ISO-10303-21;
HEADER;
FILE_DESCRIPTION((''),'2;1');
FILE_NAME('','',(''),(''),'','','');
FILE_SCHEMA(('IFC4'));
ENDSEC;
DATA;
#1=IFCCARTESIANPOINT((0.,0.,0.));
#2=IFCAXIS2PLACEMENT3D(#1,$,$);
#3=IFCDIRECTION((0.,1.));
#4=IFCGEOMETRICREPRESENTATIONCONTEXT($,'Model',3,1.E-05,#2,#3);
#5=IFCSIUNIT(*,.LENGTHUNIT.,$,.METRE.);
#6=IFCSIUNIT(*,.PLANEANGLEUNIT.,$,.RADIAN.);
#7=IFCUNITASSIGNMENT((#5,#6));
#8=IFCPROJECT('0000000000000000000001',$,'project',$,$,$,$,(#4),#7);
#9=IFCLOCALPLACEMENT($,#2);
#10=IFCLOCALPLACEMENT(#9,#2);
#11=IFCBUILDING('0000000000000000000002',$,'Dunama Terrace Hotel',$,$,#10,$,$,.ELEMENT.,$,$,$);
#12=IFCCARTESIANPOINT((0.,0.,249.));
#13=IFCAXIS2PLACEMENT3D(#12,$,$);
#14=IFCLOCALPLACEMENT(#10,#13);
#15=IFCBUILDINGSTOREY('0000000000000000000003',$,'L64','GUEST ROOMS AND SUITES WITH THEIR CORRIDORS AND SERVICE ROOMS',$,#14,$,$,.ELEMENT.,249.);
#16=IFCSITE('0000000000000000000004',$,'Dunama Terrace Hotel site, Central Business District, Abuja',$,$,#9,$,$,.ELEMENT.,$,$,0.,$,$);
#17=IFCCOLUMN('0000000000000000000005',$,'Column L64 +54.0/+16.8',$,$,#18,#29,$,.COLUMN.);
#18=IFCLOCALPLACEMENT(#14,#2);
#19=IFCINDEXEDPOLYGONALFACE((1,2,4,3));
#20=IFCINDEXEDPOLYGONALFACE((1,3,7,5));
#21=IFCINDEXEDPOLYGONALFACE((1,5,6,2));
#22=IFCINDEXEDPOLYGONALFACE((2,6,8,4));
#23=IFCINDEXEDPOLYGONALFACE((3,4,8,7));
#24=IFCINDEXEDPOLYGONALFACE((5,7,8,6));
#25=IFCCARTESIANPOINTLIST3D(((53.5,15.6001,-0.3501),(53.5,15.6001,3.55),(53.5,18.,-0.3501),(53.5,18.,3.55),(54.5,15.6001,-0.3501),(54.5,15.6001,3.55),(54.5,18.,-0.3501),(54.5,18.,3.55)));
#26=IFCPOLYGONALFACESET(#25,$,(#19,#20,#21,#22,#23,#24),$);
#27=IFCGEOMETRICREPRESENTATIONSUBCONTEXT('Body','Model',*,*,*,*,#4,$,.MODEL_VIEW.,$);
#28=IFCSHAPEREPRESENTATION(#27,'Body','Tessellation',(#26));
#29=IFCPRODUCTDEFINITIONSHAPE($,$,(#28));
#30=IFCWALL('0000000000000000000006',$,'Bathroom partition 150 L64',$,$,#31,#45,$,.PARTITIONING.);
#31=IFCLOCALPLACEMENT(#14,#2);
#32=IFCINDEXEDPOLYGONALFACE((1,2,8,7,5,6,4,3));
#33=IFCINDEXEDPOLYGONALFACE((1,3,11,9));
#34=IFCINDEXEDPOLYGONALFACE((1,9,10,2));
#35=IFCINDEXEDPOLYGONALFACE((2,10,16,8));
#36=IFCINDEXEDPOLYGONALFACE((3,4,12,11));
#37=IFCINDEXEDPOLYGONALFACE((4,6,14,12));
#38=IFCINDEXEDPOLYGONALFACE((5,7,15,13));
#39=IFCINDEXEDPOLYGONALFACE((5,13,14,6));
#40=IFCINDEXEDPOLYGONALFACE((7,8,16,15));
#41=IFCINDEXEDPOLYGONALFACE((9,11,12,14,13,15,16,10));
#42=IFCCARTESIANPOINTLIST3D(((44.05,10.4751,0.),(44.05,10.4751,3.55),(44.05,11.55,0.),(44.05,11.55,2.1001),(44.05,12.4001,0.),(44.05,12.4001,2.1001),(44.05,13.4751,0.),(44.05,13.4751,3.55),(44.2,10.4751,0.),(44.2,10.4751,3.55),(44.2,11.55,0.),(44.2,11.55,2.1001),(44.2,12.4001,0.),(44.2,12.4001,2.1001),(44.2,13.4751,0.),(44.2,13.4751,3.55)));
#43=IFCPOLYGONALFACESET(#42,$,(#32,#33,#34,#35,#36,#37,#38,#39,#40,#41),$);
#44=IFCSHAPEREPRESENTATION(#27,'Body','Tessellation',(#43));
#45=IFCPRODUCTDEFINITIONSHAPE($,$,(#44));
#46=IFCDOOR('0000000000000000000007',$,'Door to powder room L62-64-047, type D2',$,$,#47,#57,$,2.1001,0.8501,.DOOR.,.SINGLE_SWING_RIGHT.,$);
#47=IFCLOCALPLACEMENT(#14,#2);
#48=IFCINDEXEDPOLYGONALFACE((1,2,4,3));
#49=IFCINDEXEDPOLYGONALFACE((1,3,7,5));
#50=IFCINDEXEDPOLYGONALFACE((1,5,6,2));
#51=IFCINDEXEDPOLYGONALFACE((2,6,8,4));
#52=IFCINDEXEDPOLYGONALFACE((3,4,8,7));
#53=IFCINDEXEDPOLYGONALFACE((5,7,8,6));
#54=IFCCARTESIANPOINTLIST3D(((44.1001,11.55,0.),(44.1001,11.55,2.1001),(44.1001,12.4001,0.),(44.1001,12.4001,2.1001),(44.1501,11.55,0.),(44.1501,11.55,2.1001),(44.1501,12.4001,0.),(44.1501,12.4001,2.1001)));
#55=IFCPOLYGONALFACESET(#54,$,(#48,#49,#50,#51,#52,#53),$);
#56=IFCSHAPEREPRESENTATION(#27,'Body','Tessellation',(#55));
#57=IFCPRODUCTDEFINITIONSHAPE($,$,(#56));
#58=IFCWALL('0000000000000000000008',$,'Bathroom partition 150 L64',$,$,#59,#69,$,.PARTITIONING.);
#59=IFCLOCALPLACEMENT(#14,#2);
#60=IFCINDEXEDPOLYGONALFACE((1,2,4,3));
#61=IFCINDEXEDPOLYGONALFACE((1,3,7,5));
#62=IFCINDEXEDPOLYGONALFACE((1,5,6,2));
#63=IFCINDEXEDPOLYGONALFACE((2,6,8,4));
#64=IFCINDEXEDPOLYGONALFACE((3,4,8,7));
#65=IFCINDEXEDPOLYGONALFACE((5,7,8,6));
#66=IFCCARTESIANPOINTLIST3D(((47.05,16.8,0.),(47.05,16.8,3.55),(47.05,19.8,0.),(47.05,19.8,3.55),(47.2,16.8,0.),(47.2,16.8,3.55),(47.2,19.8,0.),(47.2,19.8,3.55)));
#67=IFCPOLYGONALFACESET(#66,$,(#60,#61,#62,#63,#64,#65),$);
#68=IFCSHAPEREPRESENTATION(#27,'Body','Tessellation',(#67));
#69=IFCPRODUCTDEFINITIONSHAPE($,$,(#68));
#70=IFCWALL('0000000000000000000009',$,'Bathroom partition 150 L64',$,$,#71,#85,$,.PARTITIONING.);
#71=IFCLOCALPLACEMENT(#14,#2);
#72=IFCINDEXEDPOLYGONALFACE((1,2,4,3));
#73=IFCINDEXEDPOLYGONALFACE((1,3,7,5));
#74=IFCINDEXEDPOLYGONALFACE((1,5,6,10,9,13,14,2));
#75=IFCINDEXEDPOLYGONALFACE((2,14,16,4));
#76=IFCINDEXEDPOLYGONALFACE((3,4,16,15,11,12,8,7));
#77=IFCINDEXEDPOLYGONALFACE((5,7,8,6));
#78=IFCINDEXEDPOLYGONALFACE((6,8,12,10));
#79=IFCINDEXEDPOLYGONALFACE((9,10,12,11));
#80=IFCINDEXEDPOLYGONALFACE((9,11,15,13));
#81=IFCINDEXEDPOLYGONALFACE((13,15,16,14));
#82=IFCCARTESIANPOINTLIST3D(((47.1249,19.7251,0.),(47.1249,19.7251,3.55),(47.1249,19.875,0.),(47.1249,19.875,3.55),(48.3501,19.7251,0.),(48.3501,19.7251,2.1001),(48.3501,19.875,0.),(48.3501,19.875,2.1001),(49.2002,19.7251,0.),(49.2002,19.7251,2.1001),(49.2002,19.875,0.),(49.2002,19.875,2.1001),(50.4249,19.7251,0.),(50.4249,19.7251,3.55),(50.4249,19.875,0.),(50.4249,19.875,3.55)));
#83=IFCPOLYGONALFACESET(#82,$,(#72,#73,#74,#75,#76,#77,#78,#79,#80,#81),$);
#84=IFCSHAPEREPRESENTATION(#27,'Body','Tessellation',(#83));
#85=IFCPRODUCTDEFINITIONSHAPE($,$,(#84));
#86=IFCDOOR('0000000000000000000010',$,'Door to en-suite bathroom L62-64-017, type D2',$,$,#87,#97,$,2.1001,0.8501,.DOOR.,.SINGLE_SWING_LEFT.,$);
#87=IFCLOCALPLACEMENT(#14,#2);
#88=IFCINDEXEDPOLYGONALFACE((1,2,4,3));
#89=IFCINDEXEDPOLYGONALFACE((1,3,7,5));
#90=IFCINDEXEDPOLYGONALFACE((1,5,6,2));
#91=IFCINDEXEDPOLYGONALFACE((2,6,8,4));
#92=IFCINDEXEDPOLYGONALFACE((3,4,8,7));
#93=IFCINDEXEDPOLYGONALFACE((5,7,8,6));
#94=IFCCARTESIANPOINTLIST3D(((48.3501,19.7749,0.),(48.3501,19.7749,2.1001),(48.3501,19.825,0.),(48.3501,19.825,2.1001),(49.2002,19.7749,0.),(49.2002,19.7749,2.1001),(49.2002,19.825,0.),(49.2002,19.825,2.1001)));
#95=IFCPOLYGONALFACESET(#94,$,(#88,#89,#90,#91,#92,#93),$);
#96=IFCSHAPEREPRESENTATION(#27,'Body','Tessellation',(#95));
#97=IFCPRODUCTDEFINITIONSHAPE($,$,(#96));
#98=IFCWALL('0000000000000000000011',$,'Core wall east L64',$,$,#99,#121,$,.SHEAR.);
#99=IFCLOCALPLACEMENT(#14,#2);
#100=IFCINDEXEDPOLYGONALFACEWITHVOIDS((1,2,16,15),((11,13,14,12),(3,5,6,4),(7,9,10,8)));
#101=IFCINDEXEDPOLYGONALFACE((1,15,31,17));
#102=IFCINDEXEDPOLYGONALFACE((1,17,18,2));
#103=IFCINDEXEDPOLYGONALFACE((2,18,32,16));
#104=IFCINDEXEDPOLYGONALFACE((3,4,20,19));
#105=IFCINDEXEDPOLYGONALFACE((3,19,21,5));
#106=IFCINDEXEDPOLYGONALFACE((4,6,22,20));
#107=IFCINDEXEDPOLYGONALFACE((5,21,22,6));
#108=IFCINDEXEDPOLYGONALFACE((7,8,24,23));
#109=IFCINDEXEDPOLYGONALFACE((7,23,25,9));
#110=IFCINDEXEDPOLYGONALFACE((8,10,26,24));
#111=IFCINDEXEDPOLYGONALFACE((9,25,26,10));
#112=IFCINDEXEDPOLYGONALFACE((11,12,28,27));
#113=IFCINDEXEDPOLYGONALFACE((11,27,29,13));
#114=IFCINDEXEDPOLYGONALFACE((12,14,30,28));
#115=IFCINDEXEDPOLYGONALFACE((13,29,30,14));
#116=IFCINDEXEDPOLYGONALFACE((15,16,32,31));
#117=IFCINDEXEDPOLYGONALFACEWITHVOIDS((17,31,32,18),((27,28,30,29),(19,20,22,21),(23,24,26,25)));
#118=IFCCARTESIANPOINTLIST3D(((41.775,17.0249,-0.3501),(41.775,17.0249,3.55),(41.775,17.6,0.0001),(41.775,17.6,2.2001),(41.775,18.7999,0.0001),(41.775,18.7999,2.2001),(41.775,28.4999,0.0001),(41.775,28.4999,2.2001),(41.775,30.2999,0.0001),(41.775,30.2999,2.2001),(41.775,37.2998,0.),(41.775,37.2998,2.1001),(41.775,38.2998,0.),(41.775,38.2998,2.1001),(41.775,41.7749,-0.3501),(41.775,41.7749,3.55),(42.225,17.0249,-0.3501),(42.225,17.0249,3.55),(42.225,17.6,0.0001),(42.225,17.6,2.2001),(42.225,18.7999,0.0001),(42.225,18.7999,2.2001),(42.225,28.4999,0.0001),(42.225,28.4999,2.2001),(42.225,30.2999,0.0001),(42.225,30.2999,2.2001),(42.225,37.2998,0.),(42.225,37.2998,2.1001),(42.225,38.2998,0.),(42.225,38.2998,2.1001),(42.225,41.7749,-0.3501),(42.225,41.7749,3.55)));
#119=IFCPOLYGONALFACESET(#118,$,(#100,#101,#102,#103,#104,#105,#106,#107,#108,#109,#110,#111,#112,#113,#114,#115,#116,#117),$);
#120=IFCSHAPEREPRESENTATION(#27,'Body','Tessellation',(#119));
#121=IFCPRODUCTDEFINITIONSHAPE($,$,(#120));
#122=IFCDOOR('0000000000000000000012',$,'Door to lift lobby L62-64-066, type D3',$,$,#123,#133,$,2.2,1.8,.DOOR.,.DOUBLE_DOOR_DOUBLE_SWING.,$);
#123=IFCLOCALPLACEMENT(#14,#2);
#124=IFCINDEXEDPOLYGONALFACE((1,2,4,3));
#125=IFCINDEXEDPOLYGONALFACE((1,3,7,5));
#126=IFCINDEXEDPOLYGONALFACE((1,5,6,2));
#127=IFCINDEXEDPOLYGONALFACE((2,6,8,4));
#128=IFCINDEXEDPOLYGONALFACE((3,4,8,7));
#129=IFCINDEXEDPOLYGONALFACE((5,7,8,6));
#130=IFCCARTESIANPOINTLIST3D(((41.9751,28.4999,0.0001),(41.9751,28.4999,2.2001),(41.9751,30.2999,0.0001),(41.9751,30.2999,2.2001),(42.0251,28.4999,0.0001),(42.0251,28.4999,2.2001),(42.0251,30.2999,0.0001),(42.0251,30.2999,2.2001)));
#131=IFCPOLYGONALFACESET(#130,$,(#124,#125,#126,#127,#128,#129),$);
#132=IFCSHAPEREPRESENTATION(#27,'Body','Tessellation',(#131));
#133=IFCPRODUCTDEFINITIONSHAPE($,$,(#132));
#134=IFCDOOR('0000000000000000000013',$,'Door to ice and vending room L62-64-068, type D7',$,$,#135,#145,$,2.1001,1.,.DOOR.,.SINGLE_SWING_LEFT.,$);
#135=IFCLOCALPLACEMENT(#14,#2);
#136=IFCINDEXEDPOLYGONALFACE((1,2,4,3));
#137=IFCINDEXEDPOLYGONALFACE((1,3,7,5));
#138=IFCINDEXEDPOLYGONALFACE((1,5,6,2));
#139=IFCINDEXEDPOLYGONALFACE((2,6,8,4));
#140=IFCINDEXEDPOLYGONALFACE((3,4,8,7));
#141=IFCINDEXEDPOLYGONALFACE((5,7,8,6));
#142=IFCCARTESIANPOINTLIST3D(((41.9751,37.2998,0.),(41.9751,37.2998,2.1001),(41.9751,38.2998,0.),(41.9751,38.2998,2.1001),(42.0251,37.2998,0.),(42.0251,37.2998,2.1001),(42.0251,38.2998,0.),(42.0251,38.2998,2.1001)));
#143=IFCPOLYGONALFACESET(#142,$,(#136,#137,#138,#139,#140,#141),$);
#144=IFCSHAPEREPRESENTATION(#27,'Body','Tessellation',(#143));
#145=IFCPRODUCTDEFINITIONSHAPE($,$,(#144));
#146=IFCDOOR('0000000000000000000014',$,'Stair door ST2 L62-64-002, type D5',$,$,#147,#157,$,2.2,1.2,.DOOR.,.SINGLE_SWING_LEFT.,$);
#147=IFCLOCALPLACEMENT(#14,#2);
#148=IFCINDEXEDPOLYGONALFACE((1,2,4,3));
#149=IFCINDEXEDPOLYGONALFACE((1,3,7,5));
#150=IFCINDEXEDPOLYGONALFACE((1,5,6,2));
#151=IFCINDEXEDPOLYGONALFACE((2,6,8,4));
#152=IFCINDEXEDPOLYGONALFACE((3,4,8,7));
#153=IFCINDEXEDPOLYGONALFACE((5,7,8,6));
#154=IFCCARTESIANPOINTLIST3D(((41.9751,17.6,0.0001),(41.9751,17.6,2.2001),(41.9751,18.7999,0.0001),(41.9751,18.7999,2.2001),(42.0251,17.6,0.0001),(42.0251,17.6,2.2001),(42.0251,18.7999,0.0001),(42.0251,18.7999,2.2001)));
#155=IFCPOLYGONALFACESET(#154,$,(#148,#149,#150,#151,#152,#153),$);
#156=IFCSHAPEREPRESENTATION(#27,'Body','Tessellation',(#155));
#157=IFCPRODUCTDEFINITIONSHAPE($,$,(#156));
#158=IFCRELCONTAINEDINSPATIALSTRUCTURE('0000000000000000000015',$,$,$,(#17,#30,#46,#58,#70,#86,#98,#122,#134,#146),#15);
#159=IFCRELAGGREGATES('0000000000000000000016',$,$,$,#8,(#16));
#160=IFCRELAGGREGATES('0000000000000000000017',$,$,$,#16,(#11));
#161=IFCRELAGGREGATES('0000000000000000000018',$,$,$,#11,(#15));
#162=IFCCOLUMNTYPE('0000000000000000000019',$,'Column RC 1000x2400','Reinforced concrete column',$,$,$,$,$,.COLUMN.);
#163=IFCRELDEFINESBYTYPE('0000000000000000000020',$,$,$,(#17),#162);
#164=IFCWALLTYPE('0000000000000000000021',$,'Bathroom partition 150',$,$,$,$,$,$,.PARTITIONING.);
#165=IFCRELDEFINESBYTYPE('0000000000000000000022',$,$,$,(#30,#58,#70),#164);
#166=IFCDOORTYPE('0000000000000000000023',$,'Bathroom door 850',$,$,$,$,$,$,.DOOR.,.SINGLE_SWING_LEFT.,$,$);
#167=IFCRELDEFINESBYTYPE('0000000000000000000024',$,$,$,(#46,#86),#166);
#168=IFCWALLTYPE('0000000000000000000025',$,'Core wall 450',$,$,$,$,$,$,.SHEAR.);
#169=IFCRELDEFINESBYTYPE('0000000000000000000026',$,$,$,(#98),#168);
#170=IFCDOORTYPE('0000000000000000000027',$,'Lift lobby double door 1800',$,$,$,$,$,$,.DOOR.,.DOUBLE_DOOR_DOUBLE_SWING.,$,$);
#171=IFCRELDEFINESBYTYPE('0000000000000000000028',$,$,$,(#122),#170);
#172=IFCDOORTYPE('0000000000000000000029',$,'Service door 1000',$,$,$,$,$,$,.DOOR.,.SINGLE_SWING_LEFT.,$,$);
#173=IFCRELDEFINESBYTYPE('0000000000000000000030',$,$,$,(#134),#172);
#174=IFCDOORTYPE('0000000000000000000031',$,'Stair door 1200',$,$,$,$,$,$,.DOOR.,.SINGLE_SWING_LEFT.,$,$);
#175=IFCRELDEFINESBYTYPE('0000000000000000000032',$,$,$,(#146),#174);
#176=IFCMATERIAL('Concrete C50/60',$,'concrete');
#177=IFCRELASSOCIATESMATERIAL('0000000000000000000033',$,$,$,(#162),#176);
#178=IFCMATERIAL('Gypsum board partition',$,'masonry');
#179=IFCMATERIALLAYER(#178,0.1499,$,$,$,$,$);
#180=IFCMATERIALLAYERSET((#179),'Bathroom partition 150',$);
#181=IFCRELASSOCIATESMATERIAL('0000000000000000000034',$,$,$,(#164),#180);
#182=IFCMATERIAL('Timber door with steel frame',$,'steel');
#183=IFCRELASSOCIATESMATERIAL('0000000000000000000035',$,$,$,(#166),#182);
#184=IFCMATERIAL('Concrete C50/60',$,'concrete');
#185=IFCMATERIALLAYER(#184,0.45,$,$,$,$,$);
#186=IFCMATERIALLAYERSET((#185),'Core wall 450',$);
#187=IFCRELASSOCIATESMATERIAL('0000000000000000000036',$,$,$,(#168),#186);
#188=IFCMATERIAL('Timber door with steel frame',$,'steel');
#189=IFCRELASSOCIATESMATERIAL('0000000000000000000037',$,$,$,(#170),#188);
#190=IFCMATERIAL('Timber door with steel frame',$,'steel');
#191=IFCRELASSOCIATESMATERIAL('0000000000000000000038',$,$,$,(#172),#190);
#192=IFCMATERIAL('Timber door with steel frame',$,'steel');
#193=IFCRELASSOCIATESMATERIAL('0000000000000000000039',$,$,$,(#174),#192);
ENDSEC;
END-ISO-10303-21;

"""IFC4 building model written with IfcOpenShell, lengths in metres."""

from ifc_helpers import new_model, si_unit, direction, frame, frame_2d, origin, origin_2d, place, context, subcontext, project, spatial, rectangle, extrude, material, layer, layer_set, material_profile, profile_set, type_object, element, fill, save


model = new_model("IFC4")

# Units and contexts
model_context = context("Model", 3, precision=1e-05, world=origin(), true_north=direction((0.0, 1.0)))
body_context = subcontext(model_context, "Body", "Model", "MODEL_VIEW")
ifc_project = project(units=[si_unit("LENGTHUNIT", "METRE"), si_unit("PLANEANGLEUNIT", "RADIAN")], contexts=[model_context])

# Site, building, storey
site_placement = place(None, origin())
site = spatial("IfcSite", under=ifc_project, at=site_placement, Name="Dunama Terrace Hotel site, Central Business District, Abuja", CompositionType="ELEMENT", RefElevation=0.0)
building_placement = place(site_placement, origin())
building = spatial("IfcBuilding", under=site, at=building_placement, Name="Dunama Terrace Hotel", CompositionType="ELEMENT")
storey_placement = place(building_placement, frame((0.0, 0.0, 249.0)))
storey = spatial("IfcBuildingStorey", under=building, at=storey_placement, Name="L64", Description="GUEST ROOMS AND SUITES WITH THEIR CORRIDORS AND SERVICE ROOMS", CompositionType="ELEMENT", Elevation=249.0)

# Column
ifc_material_1 = material(Name="Concrete C50/60", Category="concrete")
ifc_material_profile = material_profile(ifc_material_1, rectangle(XDim=1.0, YDim=2.3999, at=origin_2d()), Name="RC 1000x2400")
ifc_profile_set = profile_set([ifc_material_profile], Name="Concrete C50/60")
column_type = type_object("IfcColumnType", Name="Column RC 1000x2400", Description="Reinforced concrete column", PredefinedType="COLUMN", material=ifc_profile_set)
column_placement = place(storey_placement, frame((54.0, 16.8, -0.3501), z_axis=(0.0, 0.0, 1.0), x_axis=(1.0, 0.0, 0.0)))
element("IfcColumn", 1, at=column_placement, inside=storey, type_object=column_type, Name="Column L64 +54.0/+16.8", PredefinedType="COLUMN", context=body_context, shape_type="SweptSolid", body=[
    extrude(rectangle(XDim=1.0, YDim=2.3999, at=origin_2d()), origin(), (0.0, 0.0, 1.0), 3.9001),
])

# Wall, opening, door
ifc_material_2 = material(Name="Gypsum board partition", Category="masonry")
ifc_layer_1 = layer(ifc_material_2, 0.1499)
ifc_layer_set_1 = layer_set([ifc_layer_1], Name="Bathroom partition 150")
wall_type_1 = type_object("IfcWallType", Name="Bathroom partition 150", PredefinedType="PARTITIONING", material=ifc_layer_set_1)
wall_1_placement = place(storey_placement, frame((44.125, 10.4751, 0.0), z_axis=(0.0, 0.0, 1.0), x_axis=(0.0, 1.0, 0.0)))
wall_1 = element("IfcWall", 2, at=wall_1_placement, inside=storey, type_object=wall_type_1, Name="Bathroom partition 150 L64", PredefinedType="PARTITIONING", context=body_context, shape_type="SweptSolid", body=[
    extrude(rectangle(XDim=3.0, YDim=0.1499, at=frame_2d((1.5, 0.0))), origin(), (0.0, 0.0, 1.0), 3.55),
])
opening_1_placement = place(wall_1_placement, frame((1.075, 0.0, 0.0)))
opening_1 = element("IfcOpeningElement", 3, at=opening_1_placement, cuts=wall_1, PredefinedType="OPENING", context=body_context, shape_type="SweptSolid", body=[
    extrude(rectangle(XDim=0.8501, YDim=2.1001, at=frame_2d((0.425, 1.05))), frame((0.0, 0.085, 0.0), z_axis=(0.0, -1.0, 0.0), x_axis=(1.0, 0.0, 0.0)), (0.0, 0.0, 1.0), 0.1699),
])
ifc_material_3 = material(Name="Timber door with steel frame", Category="steel")
door_type_1 = type_object("IfcDoorType", Name="Bathroom door 850", OperationType="SINGLE_SWING_LEFT", PredefinedType="DOOR", material=ifc_material_3)
door_1_placement = place(opening_1_placement, origin())
door_1 = element("IfcDoor", 4, at=door_1_placement, inside=storey, type_object=door_type_1, Name="Door to powder room L62-64-047, type D2", OperationType="SINGLE_SWING_RIGHT", OverallHeight=2.1001, OverallWidth=0.8501, PredefinedType="DOOR", context=body_context, shape_type="SweptSolid", body=[
    extrude(rectangle(XDim=0.8501, YDim=2.1001, at=frame_2d((0.425, 1.05))), frame((0.0, 0.0249, 0.0), z_axis=(0.0, -1.0, 0.0), x_axis=(1.0, 0.0, 0.0)), (0.0, 0.0, 1.0), 0.05),
])
fill(opening_1, door_1)

# Wall
wall_2_placement = place(storey_placement, frame((47.125, 16.8, 0.0), z_axis=(0.0, 0.0, 1.0), x_axis=(0.0, 1.0, 0.0)))
element("IfcWall", 5, at=wall_2_placement, inside=storey, type_object=wall_type_1, Name="Bathroom partition 150 L64", PredefinedType="PARTITIONING", context=body_context, shape_type="SweptSolid", body=[
    extrude(rectangle(XDim=3.0, YDim=0.1499, at=frame_2d((1.5, 0.0))), origin(), (0.0, 0.0, 1.0), 3.55),
])

# Wall, opening, door
wall_3_placement = place(storey_placement, frame((47.125, 19.8, 0.0), z_axis=(0.0, 0.0, 1.0), x_axis=(1.0, 0.0, 0.0)))
wall_3 = element("IfcWall", 6, at=wall_3_placement, inside=storey, type_object=wall_type_1, Name="Bathroom partition 150 L64", PredefinedType="PARTITIONING", context=body_context, shape_type="SweptSolid", body=[
    extrude(rectangle(XDim=3.3, YDim=0.1499, at=frame_2d((1.6499, 0.0))), origin(), (0.0, 0.0, 1.0), 3.55),
])
opening_2_placement = place(wall_3_placement, frame((1.2251, 0.0, 0.0)))
opening_2 = element("IfcOpeningElement", 7, at=opening_2_placement, cuts=wall_3, PredefinedType="OPENING", context=body_context, shape_type="SweptSolid", body=[
    extrude(rectangle(XDim=0.8501, YDim=2.1001, at=frame_2d((0.425, 1.05))), frame((0.0, 0.085, 0.0), z_axis=(0.0, -1.0, 0.0), x_axis=(1.0, 0.0, 0.0)), (0.0, 0.0, 1.0), 0.1699),
])
door_2_placement = place(opening_2_placement, frame((0.8501, 0.0, 0.0), z_axis=(0.0, 0.0, 1.0), x_axis=(-1.0, 0.0, 0.0)))
door_2 = element("IfcDoor", 8, at=door_2_placement, inside=storey, type_object=door_type_1, Name="Door to en-suite bathroom L62-64-017, type D2", OperationType="SINGLE_SWING_LEFT", OverallHeight=2.1001, OverallWidth=0.8501, PredefinedType="DOOR", context=body_context, shape_type="SweptSolid", body=[
    extrude(rectangle(XDim=0.8501, YDim=2.1001, at=frame_2d((0.425, 1.05))), frame((0.0, 0.0251, 0.0), z_axis=(0.0, -1.0, 0.0), x_axis=(1.0, 0.0, 0.0)), (0.0, 0.0, 1.0), 0.05),
])
fill(opening_2, door_2)

# Wall, openings, doors
ifc_material_4 = material(Name="Concrete C50/60", Category="concrete")
ifc_layer_2 = layer(ifc_material_4, 0.45)
ifc_layer_set_2 = layer_set([ifc_layer_2], Name="Core wall 450")
wall_type_2 = type_object("IfcWallType", Name="Core wall 450", PredefinedType="SHEAR", material=ifc_layer_set_2)
wall_4_placement = place(storey_placement, frame((42.0, 17.0249, -0.3501), z_axis=(0.0, 0.0, 1.0), x_axis=(0.0, 1.0, 0.0)))
wall_4 = element("IfcWall", 9, at=wall_4_placement, inside=storey, type_object=wall_type_2, Name="Core wall east L64", PredefinedType="SHEAR", context=body_context, shape_type="SweptSolid", body=[
    extrude(rectangle(XDim=24.75, YDim=0.45, at=frame_2d((12.375, 0.0))), origin(), (0.0, 0.0, 1.0), 3.9001),
])
opening_3_placement = place(wall_4_placement, frame((0.575, 0.0, 0.3501)))
opening_3 = element("IfcOpeningElement", 10, at=opening_3_placement, cuts=wall_4, PredefinedType="OPENING", context=body_context, shape_type="SweptSolid", body=[
    extrude(rectangle(XDim=1.2, YDim=2.2, at=frame_2d((0.6001, 1.1001))), frame((0.0, 0.2349, 0.0), z_axis=(0.0, -1.0, 0.0), x_axis=(1.0, 0.0, 0.0)), (0.0, 0.0, 1.0), 0.47),
])
opening_4_placement = place(wall_4_placement, frame((11.4751, 0.0, 0.3501)))
opening_4 = element("IfcOpeningElement", 11, at=opening_4_placement, cuts=wall_4, PredefinedType="OPENING", context=body_context, shape_type="SweptSolid", body=[
    extrude(rectangle(XDim=1.8, YDim=2.2, at=frame_2d((0.8999, 1.1001))), frame((0.0, 0.2349, 0.0), z_axis=(0.0, -1.0, 0.0), x_axis=(1.0, 0.0, 0.0)), (0.0, 0.0, 1.0), 0.47),
])
opening_5_placement = place(wall_4_placement, frame((20.2749, 0.0, 0.3501)))
opening_5 = element("IfcOpeningElement", 12, at=opening_5_placement, cuts=wall_4, PredefinedType="OPENING", context=body_context, shape_type="SweptSolid", body=[
    extrude(rectangle(XDim=1.0, YDim=2.1001, at=frame_2d((0.5, 1.05))), frame((0.0, 0.2349, 0.0), z_axis=(0.0, -1.0, 0.0), x_axis=(1.0, 0.0, 0.0)), (0.0, 0.0, 1.0), 0.47),
])
ifc_material_5 = material(Name="Timber door with steel frame", Category="steel")
door_type_2 = type_object("IfcDoorType", Name="Lift lobby double door 1800", OperationType="DOUBLE_DOOR_DOUBLE_SWING", PredefinedType="DOOR", material=ifc_material_5)
door_3_placement = place(opening_4_placement, origin())
door_3 = element("IfcDoor", 13, at=door_3_placement, inside=storey, type_object=door_type_2, Name="Door to lift lobby L62-64-066, type D3", OperationType="DOUBLE_DOOR_DOUBLE_SWING", OverallHeight=2.2, OverallWidth=1.8, PredefinedType="DOOR", context=body_context, shape_type="SweptSolid", body=[
    extrude(rectangle(XDim=1.8, YDim=2.2, at=frame_2d((0.8999, 1.1001))), frame((0.0, 0.0249, 0.0), z_axis=(0.0, -1.0, 0.0), x_axis=(1.0, 0.0, 0.0)), (0.0, 0.0, 1.0), 0.05),
])
fill(opening_4, door_3)
ifc_material_6 = material(Name="Timber door with steel frame", Category="steel")
door_type_3 = type_object("IfcDoorType", Name="Service door 1000", OperationType="SINGLE_SWING_LEFT", PredefinedType="DOOR", material=ifc_material_6)
door_4_placement = place(opening_5_placement, origin())
door_4 = element("IfcDoor", 14, at=door_4_placement, inside=storey, type_object=door_type_3, Name="Door to ice and vending room L62-64-068, type D7", OperationType="SINGLE_SWING_LEFT", OverallHeight=2.1001, OverallWidth=1.0, PredefinedType="DOOR", context=body_context, shape_type="SweptSolid", body=[
    extrude(rectangle(XDim=1.0, YDim=2.1001, at=frame_2d((0.5, 1.05))), frame((0.0, 0.0249, 0.0), z_axis=(0.0, -1.0, 0.0), x_axis=(1.0, 0.0, 0.0)), (0.0, 0.0, 1.0), 0.05),
])
fill(opening_5, door_4)
ifc_material_7 = material(Name="Timber door with steel frame", Category="steel")
door_type_4 = type_object("IfcDoorType", Name="Stair door 1200", OperationType="SINGLE_SWING_LEFT", PredefinedType="DOOR", material=ifc_material_7)
door_5_placement = place(opening_3_placement, origin())
door_5 = element("IfcDoor", 15, at=door_5_placement, inside=storey, type_object=door_type_4, Name="Stair door ST2 L62-64-002, type D5", OperationType="SINGLE_SWING_LEFT", OverallHeight=2.2, OverallWidth=1.2, PredefinedType="DOOR", context=body_context, shape_type="SweptSolid", body=[
    extrude(rectangle(XDim=1.2, YDim=2.2, at=frame_2d((0.6001, 1.1001))), frame((0.0, 0.0249, 0.0), z_axis=(0.0, -1.0, 0.0), x_axis=(1.0, 0.0, 0.0)), (0.0, 0.0, 1.0), 0.05),
])
fill(opening_3, door_5)

save(model, "model.ifc")
